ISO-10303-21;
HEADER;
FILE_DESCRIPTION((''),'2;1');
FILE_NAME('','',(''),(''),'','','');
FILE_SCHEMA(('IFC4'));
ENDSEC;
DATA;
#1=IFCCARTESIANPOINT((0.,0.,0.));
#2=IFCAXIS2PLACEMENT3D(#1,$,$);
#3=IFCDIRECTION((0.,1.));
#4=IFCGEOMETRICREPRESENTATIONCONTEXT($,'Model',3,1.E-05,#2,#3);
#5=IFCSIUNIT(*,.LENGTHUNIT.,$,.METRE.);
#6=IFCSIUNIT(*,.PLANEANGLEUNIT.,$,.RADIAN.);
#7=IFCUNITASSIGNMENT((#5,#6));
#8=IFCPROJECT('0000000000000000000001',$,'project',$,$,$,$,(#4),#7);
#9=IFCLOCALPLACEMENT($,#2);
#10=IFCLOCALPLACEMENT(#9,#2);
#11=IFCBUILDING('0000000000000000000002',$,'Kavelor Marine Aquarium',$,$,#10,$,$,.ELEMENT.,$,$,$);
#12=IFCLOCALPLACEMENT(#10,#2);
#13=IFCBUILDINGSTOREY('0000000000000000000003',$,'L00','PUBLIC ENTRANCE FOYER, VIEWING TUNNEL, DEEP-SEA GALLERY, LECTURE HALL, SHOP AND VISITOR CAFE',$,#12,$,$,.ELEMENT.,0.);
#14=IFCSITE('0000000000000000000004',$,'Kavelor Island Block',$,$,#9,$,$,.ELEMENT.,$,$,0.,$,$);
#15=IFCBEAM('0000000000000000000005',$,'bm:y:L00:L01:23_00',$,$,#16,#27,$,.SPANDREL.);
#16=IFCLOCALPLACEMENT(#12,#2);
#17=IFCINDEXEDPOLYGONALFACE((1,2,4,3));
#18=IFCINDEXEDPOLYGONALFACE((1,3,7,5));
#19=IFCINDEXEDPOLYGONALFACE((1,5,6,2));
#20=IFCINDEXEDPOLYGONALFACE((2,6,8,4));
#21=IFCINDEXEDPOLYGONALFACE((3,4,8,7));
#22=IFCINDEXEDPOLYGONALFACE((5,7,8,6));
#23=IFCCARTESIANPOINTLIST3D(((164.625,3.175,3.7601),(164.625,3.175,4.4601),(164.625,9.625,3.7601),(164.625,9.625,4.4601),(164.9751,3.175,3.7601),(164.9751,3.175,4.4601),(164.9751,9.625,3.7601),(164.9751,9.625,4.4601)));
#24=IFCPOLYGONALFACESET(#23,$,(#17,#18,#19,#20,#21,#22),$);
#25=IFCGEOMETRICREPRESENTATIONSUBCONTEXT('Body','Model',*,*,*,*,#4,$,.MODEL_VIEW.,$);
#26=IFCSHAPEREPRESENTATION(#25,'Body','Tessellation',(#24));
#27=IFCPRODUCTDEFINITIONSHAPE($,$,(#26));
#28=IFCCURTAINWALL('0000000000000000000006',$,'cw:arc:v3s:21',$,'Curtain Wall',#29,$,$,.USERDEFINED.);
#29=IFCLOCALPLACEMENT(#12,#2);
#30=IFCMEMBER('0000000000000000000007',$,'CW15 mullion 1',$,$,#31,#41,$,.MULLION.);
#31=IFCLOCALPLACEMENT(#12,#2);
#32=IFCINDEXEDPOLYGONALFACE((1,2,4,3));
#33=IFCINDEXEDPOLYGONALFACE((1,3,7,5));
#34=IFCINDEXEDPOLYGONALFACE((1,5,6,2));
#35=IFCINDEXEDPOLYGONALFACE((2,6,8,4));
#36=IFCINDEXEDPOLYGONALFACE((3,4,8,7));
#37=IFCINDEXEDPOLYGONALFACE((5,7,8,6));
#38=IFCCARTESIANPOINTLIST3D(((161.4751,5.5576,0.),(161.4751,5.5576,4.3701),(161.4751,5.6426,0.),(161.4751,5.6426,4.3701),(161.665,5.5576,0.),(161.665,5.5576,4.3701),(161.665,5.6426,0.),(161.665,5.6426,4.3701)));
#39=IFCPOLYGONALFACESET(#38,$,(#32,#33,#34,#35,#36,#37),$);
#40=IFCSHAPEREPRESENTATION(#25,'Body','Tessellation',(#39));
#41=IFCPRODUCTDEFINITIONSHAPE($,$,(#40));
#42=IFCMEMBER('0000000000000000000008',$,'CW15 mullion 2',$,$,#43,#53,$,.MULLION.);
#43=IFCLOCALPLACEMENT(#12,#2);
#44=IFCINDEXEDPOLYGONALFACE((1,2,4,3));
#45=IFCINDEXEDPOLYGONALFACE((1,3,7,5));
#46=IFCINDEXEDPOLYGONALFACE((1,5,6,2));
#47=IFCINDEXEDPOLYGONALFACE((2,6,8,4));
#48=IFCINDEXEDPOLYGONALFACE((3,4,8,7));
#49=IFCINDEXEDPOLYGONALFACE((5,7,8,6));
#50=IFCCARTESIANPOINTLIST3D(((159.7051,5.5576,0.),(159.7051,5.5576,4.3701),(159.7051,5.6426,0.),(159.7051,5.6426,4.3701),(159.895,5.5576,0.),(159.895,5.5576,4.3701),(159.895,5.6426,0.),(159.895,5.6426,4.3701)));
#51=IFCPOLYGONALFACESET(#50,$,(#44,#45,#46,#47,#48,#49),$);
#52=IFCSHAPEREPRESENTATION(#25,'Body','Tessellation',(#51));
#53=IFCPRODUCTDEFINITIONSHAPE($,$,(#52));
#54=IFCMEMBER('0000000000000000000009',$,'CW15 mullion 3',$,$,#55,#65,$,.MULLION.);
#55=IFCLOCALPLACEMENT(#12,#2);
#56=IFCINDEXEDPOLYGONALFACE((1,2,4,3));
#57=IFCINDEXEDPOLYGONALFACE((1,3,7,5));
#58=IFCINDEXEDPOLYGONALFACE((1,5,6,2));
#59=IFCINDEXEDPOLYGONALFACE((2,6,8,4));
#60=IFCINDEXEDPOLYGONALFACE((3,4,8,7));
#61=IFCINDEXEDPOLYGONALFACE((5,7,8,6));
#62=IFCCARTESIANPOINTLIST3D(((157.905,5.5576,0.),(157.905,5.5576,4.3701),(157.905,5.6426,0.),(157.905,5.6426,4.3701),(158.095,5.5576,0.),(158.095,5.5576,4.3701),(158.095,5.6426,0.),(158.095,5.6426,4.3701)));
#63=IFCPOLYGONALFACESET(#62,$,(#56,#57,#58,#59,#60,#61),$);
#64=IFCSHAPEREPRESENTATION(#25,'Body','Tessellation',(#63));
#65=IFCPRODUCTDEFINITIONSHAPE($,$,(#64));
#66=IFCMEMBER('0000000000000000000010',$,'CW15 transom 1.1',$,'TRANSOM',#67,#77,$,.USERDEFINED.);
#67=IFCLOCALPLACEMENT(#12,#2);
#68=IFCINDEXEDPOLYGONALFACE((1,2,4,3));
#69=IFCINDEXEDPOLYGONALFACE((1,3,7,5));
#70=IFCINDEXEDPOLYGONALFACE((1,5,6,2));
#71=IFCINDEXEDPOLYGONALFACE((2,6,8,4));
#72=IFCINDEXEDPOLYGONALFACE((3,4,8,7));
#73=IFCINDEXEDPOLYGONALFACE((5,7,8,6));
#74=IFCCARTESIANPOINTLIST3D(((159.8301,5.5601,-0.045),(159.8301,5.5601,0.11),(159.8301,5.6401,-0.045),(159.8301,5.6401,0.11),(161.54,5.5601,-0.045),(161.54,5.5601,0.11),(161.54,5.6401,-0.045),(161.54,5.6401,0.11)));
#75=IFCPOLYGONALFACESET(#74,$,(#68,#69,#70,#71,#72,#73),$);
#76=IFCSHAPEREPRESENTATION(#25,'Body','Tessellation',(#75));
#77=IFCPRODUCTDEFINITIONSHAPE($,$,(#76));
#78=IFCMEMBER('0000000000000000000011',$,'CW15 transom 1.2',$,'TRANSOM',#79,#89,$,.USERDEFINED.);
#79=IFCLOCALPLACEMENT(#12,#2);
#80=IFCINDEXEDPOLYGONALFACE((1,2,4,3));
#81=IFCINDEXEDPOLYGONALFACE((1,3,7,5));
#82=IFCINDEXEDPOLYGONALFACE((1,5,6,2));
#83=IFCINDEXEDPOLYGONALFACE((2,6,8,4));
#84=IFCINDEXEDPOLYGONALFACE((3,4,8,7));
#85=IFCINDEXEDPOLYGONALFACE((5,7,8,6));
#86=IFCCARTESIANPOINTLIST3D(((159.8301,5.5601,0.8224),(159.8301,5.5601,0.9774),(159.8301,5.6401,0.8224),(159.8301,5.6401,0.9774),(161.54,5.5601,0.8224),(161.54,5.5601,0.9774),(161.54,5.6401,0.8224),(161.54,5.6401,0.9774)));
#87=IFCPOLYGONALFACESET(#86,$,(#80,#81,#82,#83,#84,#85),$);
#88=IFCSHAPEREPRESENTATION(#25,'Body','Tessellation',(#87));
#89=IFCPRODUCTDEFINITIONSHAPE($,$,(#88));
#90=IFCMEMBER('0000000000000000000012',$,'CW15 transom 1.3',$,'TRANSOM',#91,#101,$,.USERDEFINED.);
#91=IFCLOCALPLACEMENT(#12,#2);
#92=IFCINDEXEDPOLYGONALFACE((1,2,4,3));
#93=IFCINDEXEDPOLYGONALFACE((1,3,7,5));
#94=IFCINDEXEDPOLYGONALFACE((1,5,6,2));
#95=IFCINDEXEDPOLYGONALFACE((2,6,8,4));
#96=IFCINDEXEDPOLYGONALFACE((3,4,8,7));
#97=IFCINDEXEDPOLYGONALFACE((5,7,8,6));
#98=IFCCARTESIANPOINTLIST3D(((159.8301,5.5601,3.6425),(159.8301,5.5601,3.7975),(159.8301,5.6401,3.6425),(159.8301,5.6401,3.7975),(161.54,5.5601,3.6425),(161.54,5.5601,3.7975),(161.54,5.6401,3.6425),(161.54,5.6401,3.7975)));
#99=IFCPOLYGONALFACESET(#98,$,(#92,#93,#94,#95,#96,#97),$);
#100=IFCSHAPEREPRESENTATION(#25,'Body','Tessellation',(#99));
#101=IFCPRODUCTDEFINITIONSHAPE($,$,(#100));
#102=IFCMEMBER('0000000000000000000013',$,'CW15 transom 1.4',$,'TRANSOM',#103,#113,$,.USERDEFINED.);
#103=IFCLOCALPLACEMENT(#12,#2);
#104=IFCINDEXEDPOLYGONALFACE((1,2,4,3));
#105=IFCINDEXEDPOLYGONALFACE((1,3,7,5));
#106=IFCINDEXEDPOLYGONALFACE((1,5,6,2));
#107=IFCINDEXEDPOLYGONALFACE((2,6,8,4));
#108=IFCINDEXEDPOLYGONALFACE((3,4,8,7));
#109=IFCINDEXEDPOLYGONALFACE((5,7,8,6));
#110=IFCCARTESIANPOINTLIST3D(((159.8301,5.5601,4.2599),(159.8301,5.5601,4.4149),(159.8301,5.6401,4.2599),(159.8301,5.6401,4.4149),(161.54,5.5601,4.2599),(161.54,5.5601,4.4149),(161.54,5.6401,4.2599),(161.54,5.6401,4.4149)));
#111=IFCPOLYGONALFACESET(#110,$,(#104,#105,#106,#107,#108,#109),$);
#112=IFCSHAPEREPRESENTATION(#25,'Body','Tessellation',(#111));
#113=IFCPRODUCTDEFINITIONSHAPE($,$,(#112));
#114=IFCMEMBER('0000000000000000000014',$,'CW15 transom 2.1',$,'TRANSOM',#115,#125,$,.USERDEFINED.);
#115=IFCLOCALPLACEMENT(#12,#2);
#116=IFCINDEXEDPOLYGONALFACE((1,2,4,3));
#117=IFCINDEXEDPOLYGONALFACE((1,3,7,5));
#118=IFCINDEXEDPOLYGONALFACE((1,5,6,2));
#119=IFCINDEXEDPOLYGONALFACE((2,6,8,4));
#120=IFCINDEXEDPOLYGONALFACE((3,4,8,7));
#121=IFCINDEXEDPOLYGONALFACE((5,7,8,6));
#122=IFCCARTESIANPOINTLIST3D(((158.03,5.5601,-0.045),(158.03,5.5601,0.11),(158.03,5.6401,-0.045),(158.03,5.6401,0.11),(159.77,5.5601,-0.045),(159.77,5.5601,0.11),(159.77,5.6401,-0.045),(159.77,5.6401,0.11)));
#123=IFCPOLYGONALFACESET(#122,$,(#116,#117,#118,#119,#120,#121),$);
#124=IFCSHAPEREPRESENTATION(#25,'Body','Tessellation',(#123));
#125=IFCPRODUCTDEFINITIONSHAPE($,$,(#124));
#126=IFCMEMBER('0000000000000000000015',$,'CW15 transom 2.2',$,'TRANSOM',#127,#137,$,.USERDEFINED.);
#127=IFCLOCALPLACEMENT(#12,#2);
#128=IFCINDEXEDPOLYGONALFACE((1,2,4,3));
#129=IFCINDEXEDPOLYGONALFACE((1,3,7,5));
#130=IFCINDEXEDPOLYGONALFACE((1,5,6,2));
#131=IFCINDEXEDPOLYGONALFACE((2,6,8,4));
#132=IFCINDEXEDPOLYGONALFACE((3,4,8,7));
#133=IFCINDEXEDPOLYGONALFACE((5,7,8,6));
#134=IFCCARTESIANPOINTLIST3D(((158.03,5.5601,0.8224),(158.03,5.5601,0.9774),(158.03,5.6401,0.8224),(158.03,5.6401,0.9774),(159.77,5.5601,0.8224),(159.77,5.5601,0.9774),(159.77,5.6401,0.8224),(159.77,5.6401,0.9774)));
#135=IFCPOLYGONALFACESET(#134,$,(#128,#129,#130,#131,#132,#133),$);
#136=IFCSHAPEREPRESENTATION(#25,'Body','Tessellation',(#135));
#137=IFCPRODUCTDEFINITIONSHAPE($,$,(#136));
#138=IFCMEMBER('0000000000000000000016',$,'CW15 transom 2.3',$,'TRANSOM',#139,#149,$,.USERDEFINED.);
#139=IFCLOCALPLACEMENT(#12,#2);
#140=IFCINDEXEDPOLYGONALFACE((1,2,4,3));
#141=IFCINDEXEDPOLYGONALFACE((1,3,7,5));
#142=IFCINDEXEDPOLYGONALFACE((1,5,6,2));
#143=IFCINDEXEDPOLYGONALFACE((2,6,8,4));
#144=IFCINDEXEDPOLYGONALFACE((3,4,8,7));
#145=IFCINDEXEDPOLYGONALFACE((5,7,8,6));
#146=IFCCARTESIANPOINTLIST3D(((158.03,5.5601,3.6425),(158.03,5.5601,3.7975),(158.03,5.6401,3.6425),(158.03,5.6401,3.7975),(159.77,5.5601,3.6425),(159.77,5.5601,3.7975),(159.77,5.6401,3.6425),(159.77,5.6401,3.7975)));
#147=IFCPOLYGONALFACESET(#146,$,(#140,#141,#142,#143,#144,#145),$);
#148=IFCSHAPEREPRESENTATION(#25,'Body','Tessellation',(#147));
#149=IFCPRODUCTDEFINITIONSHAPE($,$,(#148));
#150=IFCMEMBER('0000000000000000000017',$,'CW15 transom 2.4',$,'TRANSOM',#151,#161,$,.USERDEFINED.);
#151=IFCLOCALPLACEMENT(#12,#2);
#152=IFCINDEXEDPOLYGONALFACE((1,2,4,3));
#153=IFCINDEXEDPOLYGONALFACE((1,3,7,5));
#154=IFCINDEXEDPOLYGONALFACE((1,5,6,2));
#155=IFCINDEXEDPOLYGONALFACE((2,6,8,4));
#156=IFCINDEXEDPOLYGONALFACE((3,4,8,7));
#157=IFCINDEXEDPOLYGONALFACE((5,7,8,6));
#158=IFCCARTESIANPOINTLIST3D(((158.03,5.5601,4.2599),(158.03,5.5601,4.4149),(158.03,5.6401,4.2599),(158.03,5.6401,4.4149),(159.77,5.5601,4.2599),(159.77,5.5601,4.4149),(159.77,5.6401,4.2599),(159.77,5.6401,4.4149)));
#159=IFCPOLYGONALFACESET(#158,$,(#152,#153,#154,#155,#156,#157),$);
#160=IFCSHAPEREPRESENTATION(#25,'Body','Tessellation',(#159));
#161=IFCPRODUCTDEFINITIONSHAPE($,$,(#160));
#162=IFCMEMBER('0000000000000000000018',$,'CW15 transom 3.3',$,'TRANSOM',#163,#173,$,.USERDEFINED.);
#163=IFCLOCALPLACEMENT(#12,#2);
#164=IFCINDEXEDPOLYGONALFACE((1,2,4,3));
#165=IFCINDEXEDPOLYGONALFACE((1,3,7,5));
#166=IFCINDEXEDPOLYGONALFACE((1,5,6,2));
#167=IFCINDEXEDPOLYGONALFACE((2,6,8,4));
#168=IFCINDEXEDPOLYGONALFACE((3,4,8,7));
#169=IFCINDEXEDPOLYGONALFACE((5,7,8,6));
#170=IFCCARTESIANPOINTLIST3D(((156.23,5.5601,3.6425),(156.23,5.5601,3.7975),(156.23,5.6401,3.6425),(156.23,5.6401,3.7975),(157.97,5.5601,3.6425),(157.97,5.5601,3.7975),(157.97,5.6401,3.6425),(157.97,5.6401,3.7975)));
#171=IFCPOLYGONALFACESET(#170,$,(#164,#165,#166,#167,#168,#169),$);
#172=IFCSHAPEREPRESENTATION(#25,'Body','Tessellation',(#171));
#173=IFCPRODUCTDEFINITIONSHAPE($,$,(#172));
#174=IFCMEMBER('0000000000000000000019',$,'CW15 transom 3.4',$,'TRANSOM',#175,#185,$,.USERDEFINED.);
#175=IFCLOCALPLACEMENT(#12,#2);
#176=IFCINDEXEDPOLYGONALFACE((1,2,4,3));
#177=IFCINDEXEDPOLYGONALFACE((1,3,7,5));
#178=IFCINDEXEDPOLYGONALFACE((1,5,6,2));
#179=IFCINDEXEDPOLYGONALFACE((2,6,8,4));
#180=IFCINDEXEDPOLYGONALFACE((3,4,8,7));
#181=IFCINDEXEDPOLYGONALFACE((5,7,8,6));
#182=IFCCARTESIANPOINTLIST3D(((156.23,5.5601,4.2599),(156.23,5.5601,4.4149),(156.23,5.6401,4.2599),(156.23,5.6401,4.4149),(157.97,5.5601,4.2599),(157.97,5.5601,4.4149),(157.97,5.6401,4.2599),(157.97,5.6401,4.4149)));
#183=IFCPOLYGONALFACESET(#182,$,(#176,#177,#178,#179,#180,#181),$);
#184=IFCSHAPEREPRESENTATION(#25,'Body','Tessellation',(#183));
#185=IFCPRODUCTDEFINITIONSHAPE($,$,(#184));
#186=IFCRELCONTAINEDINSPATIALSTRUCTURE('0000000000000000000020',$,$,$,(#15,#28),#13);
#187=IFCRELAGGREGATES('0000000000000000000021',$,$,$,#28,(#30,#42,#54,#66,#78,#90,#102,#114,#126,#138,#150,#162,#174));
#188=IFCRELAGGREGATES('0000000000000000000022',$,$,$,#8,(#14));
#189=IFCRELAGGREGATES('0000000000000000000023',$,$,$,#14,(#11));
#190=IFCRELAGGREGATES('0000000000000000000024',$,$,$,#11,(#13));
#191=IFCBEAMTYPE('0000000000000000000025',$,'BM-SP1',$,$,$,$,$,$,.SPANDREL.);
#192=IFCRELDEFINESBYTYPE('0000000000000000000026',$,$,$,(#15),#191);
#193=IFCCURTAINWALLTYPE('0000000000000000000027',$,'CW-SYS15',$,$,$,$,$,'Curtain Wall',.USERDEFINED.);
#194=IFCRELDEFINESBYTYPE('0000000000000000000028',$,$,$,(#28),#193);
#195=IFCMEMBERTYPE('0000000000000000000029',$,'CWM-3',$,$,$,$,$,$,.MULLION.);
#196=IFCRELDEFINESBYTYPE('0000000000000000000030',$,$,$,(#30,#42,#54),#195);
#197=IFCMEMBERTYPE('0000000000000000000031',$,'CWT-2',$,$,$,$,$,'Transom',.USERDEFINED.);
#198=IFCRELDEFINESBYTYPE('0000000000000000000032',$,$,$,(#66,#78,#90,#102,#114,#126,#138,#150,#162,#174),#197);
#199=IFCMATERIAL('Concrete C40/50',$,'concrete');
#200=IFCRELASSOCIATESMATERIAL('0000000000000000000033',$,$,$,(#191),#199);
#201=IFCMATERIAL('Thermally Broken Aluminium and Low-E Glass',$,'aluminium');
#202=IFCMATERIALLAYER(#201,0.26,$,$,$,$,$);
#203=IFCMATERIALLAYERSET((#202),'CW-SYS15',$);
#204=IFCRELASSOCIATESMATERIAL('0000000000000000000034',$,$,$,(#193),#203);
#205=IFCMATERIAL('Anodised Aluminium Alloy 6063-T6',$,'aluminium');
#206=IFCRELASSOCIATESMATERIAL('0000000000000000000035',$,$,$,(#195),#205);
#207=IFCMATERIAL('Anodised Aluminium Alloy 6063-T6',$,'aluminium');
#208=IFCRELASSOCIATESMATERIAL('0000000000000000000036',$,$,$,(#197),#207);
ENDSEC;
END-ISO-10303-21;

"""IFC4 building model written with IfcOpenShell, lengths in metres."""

from ifc_helpers import new_model, si_unit, direction, frame, origin, origin_2d, place, context, subcontext, project, spatial, rectangle, extrude, material, layer, layer_set, material_profile, profile_set, type_object, element, aggregate, save


model = new_model("IFC4")

# Units and contexts
model_context = context("Model", 3, precision=1e-05, world=origin(), true_north=direction((0.0, 1.0)))
body_context = subcontext(model_context, "Body", "Model", "MODEL_VIEW")
ifc_project = project(units=[si_unit("LENGTHUNIT", "METRE"), si_unit("PLANEANGLEUNIT", "RADIAN")], contexts=[model_context])

# Site, building, storey
site_placement = place(None, origin())
site = spatial("IfcSite", under=ifc_project, at=site_placement, Name="Kavelor Island Block", CompositionType="ELEMENT", RefElevation=0.0)
building_placement = place(site_placement, origin())
building = spatial("IfcBuilding", under=site, at=building_placement, Name="Kavelor Marine Aquarium", CompositionType="ELEMENT")
storey_placement = place(building_placement, origin())
storey = spatial("IfcBuildingStorey", under=building, at=storey_placement, Name="L00", Description="PUBLIC ENTRANCE FOYER, VIEWING TUNNEL, DEEP-SEA GALLERY, LECTURE HALL, SHOP AND VISITOR CAFE", CompositionType="ELEMENT", Elevation=0.0)

# Beam
ifc_material_1 = material(Name="Concrete C40/50", Category="concrete")
ifc_material_profile_1 = material_profile(ifc_material_1, rectangle(XDim=0.3501, YDim=0.7, at=origin_2d()), Name="RC-SP 350x700")
ifc_profile_set_1 = profile_set([ifc_material_profile_1], Name="Concrete C40/50")
beam_type_1 = type_object("IfcBeamType", Name="BM-SP1", PredefinedType="SPANDREL", material=ifc_profile_set_1)
beam_1_placement = place(storey_placement, frame((164.8, 3.175, 4.1101), z_axis=(0.0, 1.0, 0.0), x_axis=(-1.0, 0.0, 0.0)))
element("IfcBeam", 1, at=beam_1_placement, inside=storey, type_object=beam_type_1, Name="bm:y:L00:L01:23_00", PredefinedType="SPANDREL", context=body_context, shape_type="SweptSolid", body=[
    extrude(rectangle(XDim=0.3501, YDim=0.7, at=origin_2d()), origin(), (0.0, 0.0, 1.0), 6.45),
])

# Curtain wall, members
ifc_material_2 = material(Name="Thermally Broken Aluminium and Low-E Glass", Category="aluminium")
ifc_layer_1 = layer(ifc_material_2, 0.26)
ifc_layer_set_1 = layer_set([ifc_layer_1], Name="CW-SYS15")
curtain_wall_type = type_object("IfcCurtainWallType", Name="CW-SYS15", ElementType="Curtain Wall", PredefinedType="USERDEFINED", material=ifc_layer_set_1)
curtain_wall_placement = place(storey_placement, origin())
curtain_wall = element("IfcCurtainWall", 2, at=curtain_wall_placement, inside=storey, type_object=curtain_wall_type, Name="cw:arc:v3s:21", ObjectType="Curtain Wall", PredefinedType="USERDEFINED")
ifc_material_3 = material(Name="Anodised Aluminium Alloy 6063-T6", Category="aluminium")
ifc_material_profile_2 = material_profile(ifc_material_3, rectangle(XDim=0.085, YDim=0.1899, at=origin_2d()), Name="CW-MUL 85x190")
ifc_profile_set_2 = profile_set([ifc_material_profile_2], Name="Anodised Aluminium Alloy 6063-T6")
member_type_1 = type_object("IfcMemberType", Name="CWM-3", PredefinedType="MULLION", material=ifc_profile_set_2)
member_1_placement = place(storey_placement, frame((161.5701, 5.6001, 0.0), z_axis=(0.0, 0.0, 1.0), x_axis=(0.0, -1.0, 0.0)))
member_1 = element("IfcMember", 3, at=member_1_placement, type_object=member_type_1, Name="CW15 mullion 1", PredefinedType="MULLION", context=body_context, shape_type="SweptSolid", body=[
    extrude(rectangle(XDim=0.085, YDim=0.1899, at=origin_2d()), origin(), (0.0, 0.0, 1.0), 4.3701),
])
member_2_placement = place(storey_placement, frame((159.8, 5.6001, 0.0), z_axis=(0.0, 0.0, 1.0), x_axis=(0.0, -1.0, 0.0)))
member_2 = element("IfcMember", 4, at=member_2_placement, type_object=member_type_1, Name="CW15 mullion 2", PredefinedType="MULLION", context=body_context, shape_type="SweptSolid", body=[
    extrude(rectangle(XDim=0.085, YDim=0.1899, at=origin_2d()), origin(), (0.0, 0.0, 1.0), 4.3701),
])
member_3_placement = place(storey_placement, frame((158.0, 5.6001, 0.0), z_axis=(0.0, 0.0, 1.0), x_axis=(0.0, -1.0, 0.0)))
member_3 = element("IfcMember", 5, at=member_3_placement, type_object=member_type_1, Name="CW15 mullion 3", PredefinedType="MULLION", context=body_context, shape_type="SweptSolid", body=[
    extrude(rectangle(XDim=0.085, YDim=0.1899, at=origin_2d()), origin(), (0.0, 0.0, 1.0), 4.3701),
])
ifc_material_4 = material(Name="Anodised Aluminium Alloy 6063-T6", Category="aluminium")
ifc_material_profile_3 = material_profile(ifc_material_4, rectangle(XDim=0.0801, YDim=0.155, at=origin_2d()), Name="CW-TRN 80x155")
ifc_profile_set_3 = profile_set([ifc_material_profile_3], Name="Anodised Aluminium Alloy 6063-T6")
member_type_2 = type_object("IfcMemberType", Name="CWT-2", ElementType="Transom", PredefinedType="USERDEFINED", material=ifc_profile_set_3)
member_4_placement = place(storey_placement, frame((161.54, 5.6001, 0.0325), z_axis=(-1.0, 0.0, 0.0), x_axis=(0.0, -1.0, 0.0)))
member_4 = element("IfcMember", 6, at=member_4_placement, type_object=member_type_2, Name="CW15 transom 1.1", ObjectType="TRANSOM", PredefinedType="USERDEFINED", context=body_context, shape_type="SweptSolid", body=[
    extrude(rectangle(XDim=0.0801, YDim=0.155, at=origin_2d()), origin(), (0.0, 0.0, 1.0), 1.71),
])
member_5_placement = place(storey_placement, frame((161.54, 5.6001, 0.8999), z_axis=(-1.0, 0.0, 0.0), x_axis=(0.0, -1.0, 0.0)))
member_5 = element("IfcMember", 7, at=member_5_placement, type_object=member_type_2, Name="CW15 transom 1.2", ObjectType="TRANSOM", PredefinedType="USERDEFINED", context=body_context, shape_type="SweptSolid", body=[
    extrude(rectangle(XDim=0.0801, YDim=0.155, at=origin_2d()), origin(), (0.0, 0.0, 1.0), 1.71),
])
member_6_placement = place(storey_placement, frame((161.54, 5.6001, 3.72), z_axis=(-1.0, 0.0, 0.0), x_axis=(0.0, -1.0, 0.0)))
member_6 = element("IfcMember", 8, at=member_6_placement, type_object=member_type_2, Name="CW15 transom 1.3", ObjectType="TRANSOM", PredefinedType="USERDEFINED", context=body_context, shape_type="SweptSolid", body=[
    extrude(rectangle(XDim=0.0801, YDim=0.155, at=origin_2d()), origin(), (0.0, 0.0, 1.0), 1.71),
])
member_7_placement = place(storey_placement, frame((161.54, 5.6001, 4.3374), z_axis=(-1.0, 0.0, 0.0), x_axis=(0.0, -1.0, 0.0)))
member_7 = element("IfcMember", 9, at=member_7_placement, type_object=member_type_2, Name="CW15 transom 1.4", ObjectType="TRANSOM", PredefinedType="USERDEFINED", context=body_context, shape_type="SweptSolid", body=[
    extrude(rectangle(XDim=0.0801, YDim=0.155, at=origin_2d()), origin(), (0.0, 0.0, 1.0), 1.71),
])
member_8_placement = place(storey_placement, frame((159.77, 5.6001, 0.0325), z_axis=(-1.0, 0.0, 0.0), x_axis=(0.0, -1.0, 0.0)))
member_8 = element("IfcMember", 10, at=member_8_placement, type_object=member_type_2, Name="CW15 transom 2.1", ObjectType="TRANSOM", PredefinedType="USERDEFINED", context=body_context, shape_type="SweptSolid", body=[
    extrude(rectangle(XDim=0.0801, YDim=0.155, at=origin_2d()), origin(), (0.0, 0.0, 1.0), 1.74),
])
member_9_placement = place(storey_placement, frame((159.77, 5.6001, 0.8999), z_axis=(-1.0, 0.0, 0.0), x_axis=(0.0, -1.0, 0.0)))
member_9 = element("IfcMember", 11, at=member_9_placement, type_object=member_type_2, Name="CW15 transom 2.2", ObjectType="TRANSOM", PredefinedType="USERDEFINED", context=body_context, shape_type="SweptSolid", body=[
    extrude(rectangle(XDim=0.0801, YDim=0.155, at=origin_2d()), origin(), (0.0, 0.0, 1.0), 1.74),
])
member_10_placement = place(storey_placement, frame((159.77, 5.6001, 3.72), z_axis=(-1.0, 0.0, 0.0), x_axis=(0.0, -1.0, 0.0)))
member_10 = element("IfcMember", 12, at=member_10_placement, type_object=member_type_2, Name="CW15 transom 2.3", ObjectType="TRANSOM", PredefinedType="USERDEFINED", context=body_context, shape_type="SweptSolid", body=[
    extrude(rectangle(XDim=0.0801, YDim=0.155, at=origin_2d()), origin(), (0.0, 0.0, 1.0), 1.74),
])
member_11_placement = place(storey_placement, frame((159.77, 5.6001, 4.3374), z_axis=(-1.0, 0.0, 0.0), x_axis=(0.0, -1.0, 0.0)))
member_11 = element("IfcMember", 13, at=member_11_placement, type_object=member_type_2, Name="CW15 transom 2.4", ObjectType="TRANSOM", PredefinedType="USERDEFINED", context=body_context, shape_type="SweptSolid", body=[
    extrude(rectangle(XDim=0.0801, YDim=0.155, at=origin_2d()), origin(), (0.0, 0.0, 1.0), 1.74),
])
member_12_placement = place(storey_placement, frame((157.97, 5.6001, 3.72), z_axis=(-1.0, 0.0, 0.0), x_axis=(0.0, -1.0, 0.0)))
member_12 = element("IfcMember", 14, at=member_12_placement, type_object=member_type_2, Name="CW15 transom 3.3", ObjectType="TRANSOM", PredefinedType="USERDEFINED", context=body_context, shape_type="SweptSolid", body=[
    extrude(rectangle(XDim=0.0801, YDim=0.155, at=origin_2d()), origin(), (0.0, 0.0, 1.0), 1.74),
])
member_13_placement = place(storey_placement, frame((157.97, 5.6001, 4.3374), z_axis=(-1.0, 0.0, 0.0), x_axis=(0.0, -1.0, 0.0)))
member_13 = element("IfcMember", 15, at=member_13_placement, type_object=member_type_2, Name="CW15 transom 3.4", ObjectType="TRANSOM", PredefinedType="USERDEFINED", context=body_context, shape_type="SweptSolid", body=[
    extrude(rectangle(XDim=0.0801, YDim=0.155, at=origin_2d()), origin(), (0.0, 0.0, 1.0), 1.74),
])
aggregate(curtain_wall, [member_1, member_2, member_3, member_4, member_5, member_6, member_7, member_8, member_9, member_10, member_11, member_12, member_13])

save(model, "model.ifc")
